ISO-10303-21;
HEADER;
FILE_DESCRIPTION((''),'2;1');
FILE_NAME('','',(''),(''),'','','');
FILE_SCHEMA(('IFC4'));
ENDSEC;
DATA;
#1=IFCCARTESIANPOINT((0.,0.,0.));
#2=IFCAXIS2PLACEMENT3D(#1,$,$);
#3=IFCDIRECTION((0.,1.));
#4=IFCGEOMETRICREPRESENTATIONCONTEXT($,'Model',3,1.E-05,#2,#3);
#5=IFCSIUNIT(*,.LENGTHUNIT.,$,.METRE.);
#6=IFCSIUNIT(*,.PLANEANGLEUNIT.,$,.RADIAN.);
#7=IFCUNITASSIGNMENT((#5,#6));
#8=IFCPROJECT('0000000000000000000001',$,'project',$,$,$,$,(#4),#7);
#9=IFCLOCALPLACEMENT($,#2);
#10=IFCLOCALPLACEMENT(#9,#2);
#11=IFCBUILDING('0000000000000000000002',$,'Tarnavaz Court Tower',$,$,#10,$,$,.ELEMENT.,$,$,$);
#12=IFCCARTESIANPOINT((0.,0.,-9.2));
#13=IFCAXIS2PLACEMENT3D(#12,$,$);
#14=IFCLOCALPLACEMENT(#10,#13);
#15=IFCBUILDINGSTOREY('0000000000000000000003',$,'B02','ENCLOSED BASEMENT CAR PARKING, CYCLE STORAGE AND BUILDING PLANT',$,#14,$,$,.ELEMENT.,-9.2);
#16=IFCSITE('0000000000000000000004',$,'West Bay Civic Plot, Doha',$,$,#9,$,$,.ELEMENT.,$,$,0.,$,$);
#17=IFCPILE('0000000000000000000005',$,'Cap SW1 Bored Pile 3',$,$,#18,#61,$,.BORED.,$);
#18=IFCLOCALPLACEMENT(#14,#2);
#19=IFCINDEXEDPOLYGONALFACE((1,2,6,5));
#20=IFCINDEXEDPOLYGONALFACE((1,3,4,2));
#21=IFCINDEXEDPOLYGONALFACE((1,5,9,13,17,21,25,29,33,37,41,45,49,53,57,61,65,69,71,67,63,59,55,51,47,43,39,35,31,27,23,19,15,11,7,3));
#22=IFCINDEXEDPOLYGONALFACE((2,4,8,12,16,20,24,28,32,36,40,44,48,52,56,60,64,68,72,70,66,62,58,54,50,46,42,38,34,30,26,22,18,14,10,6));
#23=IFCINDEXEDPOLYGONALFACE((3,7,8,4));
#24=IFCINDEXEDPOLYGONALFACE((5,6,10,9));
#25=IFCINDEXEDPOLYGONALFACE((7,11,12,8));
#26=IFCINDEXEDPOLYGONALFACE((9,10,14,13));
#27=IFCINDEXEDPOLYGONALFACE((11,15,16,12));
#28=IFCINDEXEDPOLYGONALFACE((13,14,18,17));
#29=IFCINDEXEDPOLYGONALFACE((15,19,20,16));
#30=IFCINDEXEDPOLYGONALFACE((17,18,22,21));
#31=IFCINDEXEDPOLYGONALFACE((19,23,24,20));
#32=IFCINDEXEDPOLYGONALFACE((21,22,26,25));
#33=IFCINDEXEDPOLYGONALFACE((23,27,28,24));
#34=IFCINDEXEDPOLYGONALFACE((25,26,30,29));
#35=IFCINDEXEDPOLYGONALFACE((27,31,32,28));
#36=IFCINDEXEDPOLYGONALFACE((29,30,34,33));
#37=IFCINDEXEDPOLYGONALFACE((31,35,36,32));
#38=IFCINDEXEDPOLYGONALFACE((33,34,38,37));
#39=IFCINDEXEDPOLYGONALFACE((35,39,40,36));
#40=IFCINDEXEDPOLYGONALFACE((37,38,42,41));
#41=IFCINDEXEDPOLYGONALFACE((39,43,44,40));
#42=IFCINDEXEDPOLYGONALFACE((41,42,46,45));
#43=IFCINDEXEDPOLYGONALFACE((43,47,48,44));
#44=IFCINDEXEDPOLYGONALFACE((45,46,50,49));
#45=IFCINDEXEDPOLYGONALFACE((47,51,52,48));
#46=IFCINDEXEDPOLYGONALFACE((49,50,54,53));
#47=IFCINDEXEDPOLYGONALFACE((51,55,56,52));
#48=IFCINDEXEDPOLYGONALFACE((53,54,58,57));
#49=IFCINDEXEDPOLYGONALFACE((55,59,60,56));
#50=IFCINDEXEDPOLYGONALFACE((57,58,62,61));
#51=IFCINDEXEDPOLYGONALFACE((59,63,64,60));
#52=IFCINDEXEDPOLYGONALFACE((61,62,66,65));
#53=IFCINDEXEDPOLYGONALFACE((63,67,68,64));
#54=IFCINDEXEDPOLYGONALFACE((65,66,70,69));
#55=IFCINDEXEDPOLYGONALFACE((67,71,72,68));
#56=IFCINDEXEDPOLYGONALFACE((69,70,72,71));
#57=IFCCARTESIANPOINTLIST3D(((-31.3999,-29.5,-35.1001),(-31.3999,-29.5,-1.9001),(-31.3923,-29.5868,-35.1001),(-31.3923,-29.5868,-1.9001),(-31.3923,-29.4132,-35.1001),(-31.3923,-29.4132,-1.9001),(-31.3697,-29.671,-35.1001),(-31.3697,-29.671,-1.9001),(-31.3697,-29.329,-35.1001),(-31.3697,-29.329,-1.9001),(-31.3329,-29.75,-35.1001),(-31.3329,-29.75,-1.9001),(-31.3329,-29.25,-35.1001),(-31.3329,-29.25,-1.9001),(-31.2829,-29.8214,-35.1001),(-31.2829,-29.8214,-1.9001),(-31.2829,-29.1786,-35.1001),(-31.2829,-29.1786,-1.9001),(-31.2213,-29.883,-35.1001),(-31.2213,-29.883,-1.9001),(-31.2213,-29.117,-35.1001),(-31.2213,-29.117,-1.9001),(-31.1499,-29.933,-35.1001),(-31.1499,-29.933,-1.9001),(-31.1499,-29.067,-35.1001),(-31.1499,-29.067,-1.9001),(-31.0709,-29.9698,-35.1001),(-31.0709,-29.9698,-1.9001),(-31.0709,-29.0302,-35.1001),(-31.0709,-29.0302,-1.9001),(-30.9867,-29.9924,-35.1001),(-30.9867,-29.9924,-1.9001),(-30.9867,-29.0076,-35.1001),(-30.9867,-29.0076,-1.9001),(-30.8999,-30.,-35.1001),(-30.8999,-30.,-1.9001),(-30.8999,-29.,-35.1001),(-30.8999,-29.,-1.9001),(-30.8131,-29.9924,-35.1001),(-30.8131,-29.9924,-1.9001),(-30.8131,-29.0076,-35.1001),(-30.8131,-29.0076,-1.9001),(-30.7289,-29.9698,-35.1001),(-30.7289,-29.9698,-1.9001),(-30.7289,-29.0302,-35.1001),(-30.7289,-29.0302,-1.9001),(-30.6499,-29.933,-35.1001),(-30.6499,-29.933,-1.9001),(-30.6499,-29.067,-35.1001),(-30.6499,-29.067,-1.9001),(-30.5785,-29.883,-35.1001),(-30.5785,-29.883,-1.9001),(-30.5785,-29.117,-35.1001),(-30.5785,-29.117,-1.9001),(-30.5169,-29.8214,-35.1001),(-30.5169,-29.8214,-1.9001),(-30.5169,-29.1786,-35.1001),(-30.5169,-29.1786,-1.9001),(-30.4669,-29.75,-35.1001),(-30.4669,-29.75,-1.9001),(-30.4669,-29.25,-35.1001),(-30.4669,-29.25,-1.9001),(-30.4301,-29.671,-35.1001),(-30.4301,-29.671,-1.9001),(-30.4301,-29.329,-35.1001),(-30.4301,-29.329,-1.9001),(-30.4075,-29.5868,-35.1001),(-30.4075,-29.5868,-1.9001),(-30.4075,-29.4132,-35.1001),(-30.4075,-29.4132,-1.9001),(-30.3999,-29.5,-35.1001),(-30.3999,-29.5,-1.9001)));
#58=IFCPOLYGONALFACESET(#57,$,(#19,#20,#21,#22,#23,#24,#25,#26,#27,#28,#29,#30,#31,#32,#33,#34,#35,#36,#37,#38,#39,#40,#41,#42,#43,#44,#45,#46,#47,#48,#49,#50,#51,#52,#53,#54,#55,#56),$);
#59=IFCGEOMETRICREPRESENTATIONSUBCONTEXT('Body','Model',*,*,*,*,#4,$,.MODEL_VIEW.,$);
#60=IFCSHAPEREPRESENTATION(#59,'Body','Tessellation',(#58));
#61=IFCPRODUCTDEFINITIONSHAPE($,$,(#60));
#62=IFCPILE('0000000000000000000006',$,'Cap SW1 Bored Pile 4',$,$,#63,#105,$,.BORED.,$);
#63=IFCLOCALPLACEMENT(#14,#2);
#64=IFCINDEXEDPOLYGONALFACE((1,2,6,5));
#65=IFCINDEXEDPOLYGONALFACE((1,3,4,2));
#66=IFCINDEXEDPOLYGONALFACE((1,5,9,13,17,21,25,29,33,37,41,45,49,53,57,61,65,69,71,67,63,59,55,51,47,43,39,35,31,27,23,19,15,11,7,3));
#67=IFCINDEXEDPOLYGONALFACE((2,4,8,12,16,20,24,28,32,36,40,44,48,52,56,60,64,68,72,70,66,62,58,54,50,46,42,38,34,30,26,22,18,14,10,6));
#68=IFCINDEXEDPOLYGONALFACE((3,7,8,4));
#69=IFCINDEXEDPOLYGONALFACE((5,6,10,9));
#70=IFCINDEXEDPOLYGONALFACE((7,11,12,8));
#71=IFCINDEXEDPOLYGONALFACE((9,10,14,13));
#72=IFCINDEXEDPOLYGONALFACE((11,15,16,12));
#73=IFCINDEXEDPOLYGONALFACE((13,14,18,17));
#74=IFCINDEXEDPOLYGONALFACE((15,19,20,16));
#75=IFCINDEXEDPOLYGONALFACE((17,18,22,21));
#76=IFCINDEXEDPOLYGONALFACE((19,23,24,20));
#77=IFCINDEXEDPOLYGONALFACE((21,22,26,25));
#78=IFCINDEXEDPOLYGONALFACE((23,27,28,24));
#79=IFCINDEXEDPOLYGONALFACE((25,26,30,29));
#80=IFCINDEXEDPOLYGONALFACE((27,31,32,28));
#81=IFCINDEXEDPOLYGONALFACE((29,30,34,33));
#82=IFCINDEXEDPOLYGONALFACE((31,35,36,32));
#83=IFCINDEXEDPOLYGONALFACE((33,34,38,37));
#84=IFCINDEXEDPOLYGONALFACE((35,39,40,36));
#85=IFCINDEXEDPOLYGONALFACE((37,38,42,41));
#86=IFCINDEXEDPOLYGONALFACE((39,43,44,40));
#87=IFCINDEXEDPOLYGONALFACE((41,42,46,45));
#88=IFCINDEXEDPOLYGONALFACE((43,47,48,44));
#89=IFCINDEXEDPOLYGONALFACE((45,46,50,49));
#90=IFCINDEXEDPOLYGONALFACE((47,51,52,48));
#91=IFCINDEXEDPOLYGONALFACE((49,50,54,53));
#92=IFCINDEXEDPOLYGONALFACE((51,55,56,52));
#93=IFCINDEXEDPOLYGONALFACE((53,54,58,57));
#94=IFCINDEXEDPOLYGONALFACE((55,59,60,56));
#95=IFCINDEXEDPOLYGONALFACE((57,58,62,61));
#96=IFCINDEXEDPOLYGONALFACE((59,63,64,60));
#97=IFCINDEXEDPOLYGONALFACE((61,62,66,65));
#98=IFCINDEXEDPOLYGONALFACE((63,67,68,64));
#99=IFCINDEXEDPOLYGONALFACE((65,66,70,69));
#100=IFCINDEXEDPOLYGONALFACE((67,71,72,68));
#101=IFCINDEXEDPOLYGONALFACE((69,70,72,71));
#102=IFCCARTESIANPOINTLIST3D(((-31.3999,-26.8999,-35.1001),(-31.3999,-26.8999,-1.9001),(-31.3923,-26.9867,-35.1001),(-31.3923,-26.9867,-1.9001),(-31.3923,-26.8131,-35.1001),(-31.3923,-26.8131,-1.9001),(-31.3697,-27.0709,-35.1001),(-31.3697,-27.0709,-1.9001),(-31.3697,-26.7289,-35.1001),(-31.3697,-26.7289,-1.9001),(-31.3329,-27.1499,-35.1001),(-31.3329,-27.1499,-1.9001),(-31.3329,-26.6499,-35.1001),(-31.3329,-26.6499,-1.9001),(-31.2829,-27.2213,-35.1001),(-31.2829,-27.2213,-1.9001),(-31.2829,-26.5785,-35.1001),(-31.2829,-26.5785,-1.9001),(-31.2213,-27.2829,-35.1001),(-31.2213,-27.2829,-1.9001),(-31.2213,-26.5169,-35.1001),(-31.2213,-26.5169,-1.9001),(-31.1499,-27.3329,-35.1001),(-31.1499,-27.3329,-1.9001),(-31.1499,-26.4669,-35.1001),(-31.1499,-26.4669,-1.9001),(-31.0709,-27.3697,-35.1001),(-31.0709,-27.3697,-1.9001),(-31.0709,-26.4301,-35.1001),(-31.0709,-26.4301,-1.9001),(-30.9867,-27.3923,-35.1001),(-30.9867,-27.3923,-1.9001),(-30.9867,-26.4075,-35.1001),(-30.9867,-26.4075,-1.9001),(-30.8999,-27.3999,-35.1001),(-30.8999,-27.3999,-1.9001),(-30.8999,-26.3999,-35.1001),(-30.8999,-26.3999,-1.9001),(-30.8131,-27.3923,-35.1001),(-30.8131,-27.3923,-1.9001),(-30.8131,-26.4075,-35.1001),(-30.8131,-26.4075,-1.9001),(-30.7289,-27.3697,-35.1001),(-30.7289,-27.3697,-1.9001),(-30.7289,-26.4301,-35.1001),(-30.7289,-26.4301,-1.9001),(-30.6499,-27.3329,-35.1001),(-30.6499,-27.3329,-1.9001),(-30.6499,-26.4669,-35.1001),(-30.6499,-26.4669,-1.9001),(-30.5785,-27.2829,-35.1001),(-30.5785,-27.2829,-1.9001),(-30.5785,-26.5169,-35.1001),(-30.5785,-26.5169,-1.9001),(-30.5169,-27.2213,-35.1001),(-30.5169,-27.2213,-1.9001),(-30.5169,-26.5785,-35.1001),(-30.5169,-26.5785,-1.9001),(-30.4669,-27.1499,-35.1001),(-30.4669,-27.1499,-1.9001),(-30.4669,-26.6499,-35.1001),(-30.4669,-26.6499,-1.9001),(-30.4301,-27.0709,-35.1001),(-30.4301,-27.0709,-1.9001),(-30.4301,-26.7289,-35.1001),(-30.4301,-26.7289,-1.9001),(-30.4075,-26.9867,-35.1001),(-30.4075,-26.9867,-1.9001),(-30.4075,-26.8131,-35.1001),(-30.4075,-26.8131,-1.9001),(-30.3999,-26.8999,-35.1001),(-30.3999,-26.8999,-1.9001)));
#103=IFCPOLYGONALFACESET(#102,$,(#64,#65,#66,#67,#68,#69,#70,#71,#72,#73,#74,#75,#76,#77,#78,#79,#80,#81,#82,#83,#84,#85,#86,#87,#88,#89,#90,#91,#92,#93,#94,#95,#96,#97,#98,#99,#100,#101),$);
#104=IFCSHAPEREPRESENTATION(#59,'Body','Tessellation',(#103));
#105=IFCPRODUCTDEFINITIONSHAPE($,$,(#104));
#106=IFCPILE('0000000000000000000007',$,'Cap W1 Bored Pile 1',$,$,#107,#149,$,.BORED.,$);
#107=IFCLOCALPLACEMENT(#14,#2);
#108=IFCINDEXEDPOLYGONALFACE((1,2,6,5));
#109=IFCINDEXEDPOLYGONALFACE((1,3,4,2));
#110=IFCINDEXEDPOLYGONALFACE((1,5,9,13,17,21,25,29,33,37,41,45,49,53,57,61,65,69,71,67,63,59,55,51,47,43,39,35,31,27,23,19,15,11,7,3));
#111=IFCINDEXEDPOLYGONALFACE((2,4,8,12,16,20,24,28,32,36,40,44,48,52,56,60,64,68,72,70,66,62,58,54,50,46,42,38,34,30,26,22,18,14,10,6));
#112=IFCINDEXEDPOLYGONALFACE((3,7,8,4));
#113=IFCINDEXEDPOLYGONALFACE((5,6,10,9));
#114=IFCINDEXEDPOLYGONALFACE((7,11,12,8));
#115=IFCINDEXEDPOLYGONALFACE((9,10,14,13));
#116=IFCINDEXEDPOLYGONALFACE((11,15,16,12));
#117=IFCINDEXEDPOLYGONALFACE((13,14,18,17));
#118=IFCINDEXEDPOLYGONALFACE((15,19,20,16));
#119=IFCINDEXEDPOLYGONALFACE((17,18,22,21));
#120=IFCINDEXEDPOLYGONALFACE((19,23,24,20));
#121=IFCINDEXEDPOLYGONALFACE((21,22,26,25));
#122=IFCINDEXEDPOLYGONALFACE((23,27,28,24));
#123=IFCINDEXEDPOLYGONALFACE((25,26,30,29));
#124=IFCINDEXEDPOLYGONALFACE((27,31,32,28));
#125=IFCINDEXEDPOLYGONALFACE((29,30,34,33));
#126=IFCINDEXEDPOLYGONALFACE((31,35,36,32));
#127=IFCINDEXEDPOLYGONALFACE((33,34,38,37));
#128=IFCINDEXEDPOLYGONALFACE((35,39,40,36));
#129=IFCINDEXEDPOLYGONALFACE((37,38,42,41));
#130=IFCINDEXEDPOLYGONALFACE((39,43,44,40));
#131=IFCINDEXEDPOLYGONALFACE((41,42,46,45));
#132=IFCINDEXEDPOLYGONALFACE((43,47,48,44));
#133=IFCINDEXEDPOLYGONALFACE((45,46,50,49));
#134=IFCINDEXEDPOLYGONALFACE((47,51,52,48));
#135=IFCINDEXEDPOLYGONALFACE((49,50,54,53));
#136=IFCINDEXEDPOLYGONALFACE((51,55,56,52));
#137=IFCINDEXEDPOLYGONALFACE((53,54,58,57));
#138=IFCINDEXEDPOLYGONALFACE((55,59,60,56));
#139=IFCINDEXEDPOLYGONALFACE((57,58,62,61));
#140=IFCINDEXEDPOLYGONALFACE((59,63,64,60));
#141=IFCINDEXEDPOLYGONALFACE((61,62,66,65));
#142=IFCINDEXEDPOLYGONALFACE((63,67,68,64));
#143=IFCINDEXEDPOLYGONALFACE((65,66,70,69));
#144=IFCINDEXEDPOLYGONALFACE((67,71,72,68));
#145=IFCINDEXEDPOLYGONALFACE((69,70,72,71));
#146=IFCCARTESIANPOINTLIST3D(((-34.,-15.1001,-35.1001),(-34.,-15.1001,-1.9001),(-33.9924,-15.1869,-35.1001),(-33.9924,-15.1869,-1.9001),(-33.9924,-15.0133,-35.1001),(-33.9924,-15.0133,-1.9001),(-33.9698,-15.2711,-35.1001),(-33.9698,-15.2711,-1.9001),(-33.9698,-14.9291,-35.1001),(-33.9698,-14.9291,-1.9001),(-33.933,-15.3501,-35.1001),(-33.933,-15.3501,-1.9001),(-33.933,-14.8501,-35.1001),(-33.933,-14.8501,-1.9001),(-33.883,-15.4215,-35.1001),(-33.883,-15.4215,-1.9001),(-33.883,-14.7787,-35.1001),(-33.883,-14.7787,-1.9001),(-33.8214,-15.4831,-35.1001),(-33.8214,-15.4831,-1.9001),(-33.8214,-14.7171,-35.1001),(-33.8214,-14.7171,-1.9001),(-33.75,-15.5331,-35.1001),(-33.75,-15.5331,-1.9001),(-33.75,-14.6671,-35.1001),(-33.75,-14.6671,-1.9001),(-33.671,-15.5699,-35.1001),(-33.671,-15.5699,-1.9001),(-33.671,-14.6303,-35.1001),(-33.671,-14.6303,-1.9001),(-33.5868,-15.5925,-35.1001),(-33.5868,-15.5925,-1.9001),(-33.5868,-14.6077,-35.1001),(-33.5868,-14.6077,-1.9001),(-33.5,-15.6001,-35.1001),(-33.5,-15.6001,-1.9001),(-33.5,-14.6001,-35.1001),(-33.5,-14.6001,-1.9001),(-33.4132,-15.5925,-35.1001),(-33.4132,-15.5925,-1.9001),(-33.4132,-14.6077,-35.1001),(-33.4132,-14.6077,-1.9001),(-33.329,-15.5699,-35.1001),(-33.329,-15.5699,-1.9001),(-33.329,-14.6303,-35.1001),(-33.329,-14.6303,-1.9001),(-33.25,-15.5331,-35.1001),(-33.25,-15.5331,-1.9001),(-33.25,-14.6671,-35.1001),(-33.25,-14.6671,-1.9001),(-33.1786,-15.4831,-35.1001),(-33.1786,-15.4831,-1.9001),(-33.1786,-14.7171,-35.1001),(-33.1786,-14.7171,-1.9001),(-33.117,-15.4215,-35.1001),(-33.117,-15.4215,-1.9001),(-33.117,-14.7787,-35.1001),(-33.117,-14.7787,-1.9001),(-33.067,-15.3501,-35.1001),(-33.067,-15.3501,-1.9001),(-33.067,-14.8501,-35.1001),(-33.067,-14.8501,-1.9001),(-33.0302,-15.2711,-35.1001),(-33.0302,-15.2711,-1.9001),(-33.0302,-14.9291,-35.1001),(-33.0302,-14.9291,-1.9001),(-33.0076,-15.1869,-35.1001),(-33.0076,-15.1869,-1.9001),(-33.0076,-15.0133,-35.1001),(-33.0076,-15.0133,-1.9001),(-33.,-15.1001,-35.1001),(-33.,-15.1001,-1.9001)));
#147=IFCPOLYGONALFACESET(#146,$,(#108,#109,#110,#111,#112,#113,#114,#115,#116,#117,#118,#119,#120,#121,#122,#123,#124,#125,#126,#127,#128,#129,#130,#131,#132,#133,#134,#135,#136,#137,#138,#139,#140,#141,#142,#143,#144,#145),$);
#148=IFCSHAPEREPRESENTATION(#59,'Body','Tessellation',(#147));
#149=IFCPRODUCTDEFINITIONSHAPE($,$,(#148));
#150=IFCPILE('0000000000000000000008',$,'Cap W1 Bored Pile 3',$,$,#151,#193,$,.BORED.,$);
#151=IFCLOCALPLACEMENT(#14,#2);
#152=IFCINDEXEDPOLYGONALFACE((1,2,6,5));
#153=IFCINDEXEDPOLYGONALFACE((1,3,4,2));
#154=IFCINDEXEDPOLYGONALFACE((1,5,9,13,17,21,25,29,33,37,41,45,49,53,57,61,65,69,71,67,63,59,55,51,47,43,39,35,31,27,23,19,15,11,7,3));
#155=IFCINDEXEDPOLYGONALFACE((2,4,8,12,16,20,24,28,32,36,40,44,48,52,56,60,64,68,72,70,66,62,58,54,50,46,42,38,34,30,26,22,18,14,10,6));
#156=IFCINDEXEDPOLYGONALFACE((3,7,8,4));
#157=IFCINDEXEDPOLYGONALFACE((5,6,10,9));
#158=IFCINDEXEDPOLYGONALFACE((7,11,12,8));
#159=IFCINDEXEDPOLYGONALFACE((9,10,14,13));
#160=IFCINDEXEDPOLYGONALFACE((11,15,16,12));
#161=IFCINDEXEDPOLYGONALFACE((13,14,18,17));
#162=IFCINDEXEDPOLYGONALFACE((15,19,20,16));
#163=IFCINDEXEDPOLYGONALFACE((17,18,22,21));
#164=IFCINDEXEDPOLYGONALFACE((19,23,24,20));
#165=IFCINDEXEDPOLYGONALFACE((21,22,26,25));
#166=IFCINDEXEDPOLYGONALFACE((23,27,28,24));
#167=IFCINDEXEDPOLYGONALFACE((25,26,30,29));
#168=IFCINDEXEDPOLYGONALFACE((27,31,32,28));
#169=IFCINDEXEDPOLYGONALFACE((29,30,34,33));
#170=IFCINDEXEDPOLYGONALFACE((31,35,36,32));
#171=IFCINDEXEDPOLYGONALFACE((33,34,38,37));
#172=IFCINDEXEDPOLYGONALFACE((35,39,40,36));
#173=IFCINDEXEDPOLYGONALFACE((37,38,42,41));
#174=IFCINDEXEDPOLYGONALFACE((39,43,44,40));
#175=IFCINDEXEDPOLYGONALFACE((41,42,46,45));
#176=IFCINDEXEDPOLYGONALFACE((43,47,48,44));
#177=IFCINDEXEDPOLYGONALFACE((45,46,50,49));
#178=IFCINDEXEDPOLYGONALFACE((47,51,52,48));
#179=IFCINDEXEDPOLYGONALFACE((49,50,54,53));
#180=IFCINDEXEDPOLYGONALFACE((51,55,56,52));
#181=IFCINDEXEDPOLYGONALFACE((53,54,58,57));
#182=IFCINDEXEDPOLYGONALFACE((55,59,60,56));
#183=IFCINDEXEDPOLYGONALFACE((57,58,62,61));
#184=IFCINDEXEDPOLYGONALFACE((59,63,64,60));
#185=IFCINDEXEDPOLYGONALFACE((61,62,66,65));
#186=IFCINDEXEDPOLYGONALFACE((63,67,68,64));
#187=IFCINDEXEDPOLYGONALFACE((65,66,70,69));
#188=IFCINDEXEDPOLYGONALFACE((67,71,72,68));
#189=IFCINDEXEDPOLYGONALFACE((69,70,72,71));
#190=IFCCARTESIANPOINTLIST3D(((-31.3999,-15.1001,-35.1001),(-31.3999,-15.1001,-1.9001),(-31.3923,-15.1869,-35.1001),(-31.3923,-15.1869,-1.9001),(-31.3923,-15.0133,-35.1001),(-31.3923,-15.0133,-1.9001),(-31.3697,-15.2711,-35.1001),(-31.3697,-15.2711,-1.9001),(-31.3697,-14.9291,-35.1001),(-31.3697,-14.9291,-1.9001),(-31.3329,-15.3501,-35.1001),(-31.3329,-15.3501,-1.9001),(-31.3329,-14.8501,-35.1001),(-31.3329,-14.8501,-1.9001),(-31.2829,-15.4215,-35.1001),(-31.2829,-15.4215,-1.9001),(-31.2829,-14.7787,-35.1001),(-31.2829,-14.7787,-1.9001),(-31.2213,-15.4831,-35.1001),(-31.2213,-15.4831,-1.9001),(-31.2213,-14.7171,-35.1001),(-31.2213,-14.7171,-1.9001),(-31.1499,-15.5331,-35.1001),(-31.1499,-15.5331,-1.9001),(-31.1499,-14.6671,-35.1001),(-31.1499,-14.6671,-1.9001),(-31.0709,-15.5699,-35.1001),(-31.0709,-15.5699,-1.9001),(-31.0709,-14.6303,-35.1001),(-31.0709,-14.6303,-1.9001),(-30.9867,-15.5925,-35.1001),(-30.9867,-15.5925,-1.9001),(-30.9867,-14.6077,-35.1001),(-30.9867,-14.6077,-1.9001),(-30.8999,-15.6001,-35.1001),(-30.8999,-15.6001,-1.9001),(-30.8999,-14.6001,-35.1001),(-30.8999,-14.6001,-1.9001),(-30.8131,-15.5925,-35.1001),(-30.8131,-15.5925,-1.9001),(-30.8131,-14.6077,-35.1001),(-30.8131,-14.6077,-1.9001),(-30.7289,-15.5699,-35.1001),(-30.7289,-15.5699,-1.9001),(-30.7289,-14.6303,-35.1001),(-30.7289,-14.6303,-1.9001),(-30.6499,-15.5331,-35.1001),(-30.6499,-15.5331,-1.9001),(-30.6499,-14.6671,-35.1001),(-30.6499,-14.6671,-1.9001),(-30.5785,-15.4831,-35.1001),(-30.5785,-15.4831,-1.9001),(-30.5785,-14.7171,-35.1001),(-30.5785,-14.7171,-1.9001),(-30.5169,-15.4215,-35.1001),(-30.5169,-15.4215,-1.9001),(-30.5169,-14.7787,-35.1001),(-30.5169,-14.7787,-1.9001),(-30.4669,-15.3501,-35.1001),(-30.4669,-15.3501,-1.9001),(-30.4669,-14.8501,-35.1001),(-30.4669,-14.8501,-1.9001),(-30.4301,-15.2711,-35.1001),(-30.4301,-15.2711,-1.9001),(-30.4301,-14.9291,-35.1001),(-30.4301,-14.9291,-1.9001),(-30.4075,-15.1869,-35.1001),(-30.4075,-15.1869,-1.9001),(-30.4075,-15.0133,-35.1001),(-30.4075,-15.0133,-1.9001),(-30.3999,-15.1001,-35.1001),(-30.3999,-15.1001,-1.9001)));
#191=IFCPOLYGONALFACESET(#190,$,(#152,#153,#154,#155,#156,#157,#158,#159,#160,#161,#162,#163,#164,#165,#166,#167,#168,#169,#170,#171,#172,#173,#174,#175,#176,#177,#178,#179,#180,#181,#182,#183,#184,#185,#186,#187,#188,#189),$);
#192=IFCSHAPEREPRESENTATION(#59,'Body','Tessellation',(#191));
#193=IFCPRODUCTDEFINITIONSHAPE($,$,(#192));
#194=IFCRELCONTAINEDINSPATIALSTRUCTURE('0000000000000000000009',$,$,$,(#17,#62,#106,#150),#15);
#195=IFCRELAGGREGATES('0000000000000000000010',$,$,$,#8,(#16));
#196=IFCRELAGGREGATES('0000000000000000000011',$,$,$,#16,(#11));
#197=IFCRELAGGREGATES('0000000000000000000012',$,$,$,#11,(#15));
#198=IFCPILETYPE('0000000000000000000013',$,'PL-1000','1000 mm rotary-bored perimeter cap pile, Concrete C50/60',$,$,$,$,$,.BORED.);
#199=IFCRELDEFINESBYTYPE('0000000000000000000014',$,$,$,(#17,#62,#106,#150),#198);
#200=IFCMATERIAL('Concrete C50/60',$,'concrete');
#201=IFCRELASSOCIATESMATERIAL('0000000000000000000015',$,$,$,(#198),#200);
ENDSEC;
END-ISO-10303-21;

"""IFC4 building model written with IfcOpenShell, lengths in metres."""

from ifc_helpers import new_model, si_unit, direction, frame, origin, origin_2d, place, context, subcontext, project, spatial, circle, extrude, material, material_profile, profile_set, type_object, element, save


model = new_model("IFC4")

# Units and contexts
model_context = context("Model", 3, precision=1e-05, world=origin(), true_north=direction((0.0, 1.0)))
body_context = subcontext(model_context, "Body", "Model", "MODEL_VIEW")
ifc_project = project(units=[si_unit("LENGTHUNIT", "METRE"), si_unit("PLANEANGLEUNIT", "RADIAN")], contexts=[model_context])

# Site, building, storey
site_placement = place(None, origin())
site = spatial("IfcSite", under=ifc_project, at=site_placement, Name="West Bay Civic Plot, Doha", CompositionType="ELEMENT", RefElevation=0.0)
building_placement = place(site_placement, origin())
building = spatial("IfcBuilding", under=site, at=building_placement, Name="Tarnavaz Court Tower", CompositionType="ELEMENT")
storey_placement = place(building_placement, frame((0.0, 0.0, -9.2)))
storey = spatial("IfcBuildingStorey", under=building, at=storey_placement, Name="B02", Description="ENCLOSED BASEMENT CAR PARKING, CYCLE STORAGE AND BUILDING PLANT", CompositionType="ELEMENT", Elevation=-9.2)

# Shared definitions
ifc_material_1 = material(Name="Concrete C50/60", Category="concrete")

# Piles
ifc_material_profile_1 = material_profile(ifc_material_1, circle(Radius=0.5, at=origin_2d()), Name="PILE D1000")
ifc_profile_set_1 = profile_set([ifc_material_profile_1], Name="Concrete C50/60")
pile_type_1 = type_object("IfcPileType", Name="PL-1000", Description="1000 mm rotary-bored perimeter cap pile, Concrete C50/60", PredefinedType="BORED", material=ifc_profile_set_1)
for number, where, z_axis, x_axis, name in (
    (1, (-30.8999, -29.5, -1.9001), (0.0, 0.0, -1.0), (1.0, 0.0, 0.0), "Cap SW1 Bored Pile 3"),
    (2, (-30.8999, -26.8999, -1.9001), (0.0, 0.0, -1.0), (1.0, 0.0, 0.0), "Cap SW1 Bored Pile 4"),
    (3, (-33.5, -15.1001, -1.9001), (0.0, 0.0, -1.0), (1.0, 0.0, 0.0), "Cap W1 Bored Pile 1"),
    (4, (-30.8999, -15.1001, -1.9001), (0.0, 0.0, -1.0), (1.0, 0.0, 0.0), "Cap W1 Bored Pile 3"),
):
    element("IfcPile", number, at=place(storey_placement, frame(where, z_axis=z_axis, x_axis=x_axis)), inside=storey, type_object=pile_type_1, Name=name, PredefinedType="BORED", context=body_context, shape_type="SweptSolid", body=[
        extrude(circle(Radius=0.5, at=origin_2d()), origin(), (0.0, 0.0, 1.0), 33.2),
    ])

save(model, "model.ifc")
